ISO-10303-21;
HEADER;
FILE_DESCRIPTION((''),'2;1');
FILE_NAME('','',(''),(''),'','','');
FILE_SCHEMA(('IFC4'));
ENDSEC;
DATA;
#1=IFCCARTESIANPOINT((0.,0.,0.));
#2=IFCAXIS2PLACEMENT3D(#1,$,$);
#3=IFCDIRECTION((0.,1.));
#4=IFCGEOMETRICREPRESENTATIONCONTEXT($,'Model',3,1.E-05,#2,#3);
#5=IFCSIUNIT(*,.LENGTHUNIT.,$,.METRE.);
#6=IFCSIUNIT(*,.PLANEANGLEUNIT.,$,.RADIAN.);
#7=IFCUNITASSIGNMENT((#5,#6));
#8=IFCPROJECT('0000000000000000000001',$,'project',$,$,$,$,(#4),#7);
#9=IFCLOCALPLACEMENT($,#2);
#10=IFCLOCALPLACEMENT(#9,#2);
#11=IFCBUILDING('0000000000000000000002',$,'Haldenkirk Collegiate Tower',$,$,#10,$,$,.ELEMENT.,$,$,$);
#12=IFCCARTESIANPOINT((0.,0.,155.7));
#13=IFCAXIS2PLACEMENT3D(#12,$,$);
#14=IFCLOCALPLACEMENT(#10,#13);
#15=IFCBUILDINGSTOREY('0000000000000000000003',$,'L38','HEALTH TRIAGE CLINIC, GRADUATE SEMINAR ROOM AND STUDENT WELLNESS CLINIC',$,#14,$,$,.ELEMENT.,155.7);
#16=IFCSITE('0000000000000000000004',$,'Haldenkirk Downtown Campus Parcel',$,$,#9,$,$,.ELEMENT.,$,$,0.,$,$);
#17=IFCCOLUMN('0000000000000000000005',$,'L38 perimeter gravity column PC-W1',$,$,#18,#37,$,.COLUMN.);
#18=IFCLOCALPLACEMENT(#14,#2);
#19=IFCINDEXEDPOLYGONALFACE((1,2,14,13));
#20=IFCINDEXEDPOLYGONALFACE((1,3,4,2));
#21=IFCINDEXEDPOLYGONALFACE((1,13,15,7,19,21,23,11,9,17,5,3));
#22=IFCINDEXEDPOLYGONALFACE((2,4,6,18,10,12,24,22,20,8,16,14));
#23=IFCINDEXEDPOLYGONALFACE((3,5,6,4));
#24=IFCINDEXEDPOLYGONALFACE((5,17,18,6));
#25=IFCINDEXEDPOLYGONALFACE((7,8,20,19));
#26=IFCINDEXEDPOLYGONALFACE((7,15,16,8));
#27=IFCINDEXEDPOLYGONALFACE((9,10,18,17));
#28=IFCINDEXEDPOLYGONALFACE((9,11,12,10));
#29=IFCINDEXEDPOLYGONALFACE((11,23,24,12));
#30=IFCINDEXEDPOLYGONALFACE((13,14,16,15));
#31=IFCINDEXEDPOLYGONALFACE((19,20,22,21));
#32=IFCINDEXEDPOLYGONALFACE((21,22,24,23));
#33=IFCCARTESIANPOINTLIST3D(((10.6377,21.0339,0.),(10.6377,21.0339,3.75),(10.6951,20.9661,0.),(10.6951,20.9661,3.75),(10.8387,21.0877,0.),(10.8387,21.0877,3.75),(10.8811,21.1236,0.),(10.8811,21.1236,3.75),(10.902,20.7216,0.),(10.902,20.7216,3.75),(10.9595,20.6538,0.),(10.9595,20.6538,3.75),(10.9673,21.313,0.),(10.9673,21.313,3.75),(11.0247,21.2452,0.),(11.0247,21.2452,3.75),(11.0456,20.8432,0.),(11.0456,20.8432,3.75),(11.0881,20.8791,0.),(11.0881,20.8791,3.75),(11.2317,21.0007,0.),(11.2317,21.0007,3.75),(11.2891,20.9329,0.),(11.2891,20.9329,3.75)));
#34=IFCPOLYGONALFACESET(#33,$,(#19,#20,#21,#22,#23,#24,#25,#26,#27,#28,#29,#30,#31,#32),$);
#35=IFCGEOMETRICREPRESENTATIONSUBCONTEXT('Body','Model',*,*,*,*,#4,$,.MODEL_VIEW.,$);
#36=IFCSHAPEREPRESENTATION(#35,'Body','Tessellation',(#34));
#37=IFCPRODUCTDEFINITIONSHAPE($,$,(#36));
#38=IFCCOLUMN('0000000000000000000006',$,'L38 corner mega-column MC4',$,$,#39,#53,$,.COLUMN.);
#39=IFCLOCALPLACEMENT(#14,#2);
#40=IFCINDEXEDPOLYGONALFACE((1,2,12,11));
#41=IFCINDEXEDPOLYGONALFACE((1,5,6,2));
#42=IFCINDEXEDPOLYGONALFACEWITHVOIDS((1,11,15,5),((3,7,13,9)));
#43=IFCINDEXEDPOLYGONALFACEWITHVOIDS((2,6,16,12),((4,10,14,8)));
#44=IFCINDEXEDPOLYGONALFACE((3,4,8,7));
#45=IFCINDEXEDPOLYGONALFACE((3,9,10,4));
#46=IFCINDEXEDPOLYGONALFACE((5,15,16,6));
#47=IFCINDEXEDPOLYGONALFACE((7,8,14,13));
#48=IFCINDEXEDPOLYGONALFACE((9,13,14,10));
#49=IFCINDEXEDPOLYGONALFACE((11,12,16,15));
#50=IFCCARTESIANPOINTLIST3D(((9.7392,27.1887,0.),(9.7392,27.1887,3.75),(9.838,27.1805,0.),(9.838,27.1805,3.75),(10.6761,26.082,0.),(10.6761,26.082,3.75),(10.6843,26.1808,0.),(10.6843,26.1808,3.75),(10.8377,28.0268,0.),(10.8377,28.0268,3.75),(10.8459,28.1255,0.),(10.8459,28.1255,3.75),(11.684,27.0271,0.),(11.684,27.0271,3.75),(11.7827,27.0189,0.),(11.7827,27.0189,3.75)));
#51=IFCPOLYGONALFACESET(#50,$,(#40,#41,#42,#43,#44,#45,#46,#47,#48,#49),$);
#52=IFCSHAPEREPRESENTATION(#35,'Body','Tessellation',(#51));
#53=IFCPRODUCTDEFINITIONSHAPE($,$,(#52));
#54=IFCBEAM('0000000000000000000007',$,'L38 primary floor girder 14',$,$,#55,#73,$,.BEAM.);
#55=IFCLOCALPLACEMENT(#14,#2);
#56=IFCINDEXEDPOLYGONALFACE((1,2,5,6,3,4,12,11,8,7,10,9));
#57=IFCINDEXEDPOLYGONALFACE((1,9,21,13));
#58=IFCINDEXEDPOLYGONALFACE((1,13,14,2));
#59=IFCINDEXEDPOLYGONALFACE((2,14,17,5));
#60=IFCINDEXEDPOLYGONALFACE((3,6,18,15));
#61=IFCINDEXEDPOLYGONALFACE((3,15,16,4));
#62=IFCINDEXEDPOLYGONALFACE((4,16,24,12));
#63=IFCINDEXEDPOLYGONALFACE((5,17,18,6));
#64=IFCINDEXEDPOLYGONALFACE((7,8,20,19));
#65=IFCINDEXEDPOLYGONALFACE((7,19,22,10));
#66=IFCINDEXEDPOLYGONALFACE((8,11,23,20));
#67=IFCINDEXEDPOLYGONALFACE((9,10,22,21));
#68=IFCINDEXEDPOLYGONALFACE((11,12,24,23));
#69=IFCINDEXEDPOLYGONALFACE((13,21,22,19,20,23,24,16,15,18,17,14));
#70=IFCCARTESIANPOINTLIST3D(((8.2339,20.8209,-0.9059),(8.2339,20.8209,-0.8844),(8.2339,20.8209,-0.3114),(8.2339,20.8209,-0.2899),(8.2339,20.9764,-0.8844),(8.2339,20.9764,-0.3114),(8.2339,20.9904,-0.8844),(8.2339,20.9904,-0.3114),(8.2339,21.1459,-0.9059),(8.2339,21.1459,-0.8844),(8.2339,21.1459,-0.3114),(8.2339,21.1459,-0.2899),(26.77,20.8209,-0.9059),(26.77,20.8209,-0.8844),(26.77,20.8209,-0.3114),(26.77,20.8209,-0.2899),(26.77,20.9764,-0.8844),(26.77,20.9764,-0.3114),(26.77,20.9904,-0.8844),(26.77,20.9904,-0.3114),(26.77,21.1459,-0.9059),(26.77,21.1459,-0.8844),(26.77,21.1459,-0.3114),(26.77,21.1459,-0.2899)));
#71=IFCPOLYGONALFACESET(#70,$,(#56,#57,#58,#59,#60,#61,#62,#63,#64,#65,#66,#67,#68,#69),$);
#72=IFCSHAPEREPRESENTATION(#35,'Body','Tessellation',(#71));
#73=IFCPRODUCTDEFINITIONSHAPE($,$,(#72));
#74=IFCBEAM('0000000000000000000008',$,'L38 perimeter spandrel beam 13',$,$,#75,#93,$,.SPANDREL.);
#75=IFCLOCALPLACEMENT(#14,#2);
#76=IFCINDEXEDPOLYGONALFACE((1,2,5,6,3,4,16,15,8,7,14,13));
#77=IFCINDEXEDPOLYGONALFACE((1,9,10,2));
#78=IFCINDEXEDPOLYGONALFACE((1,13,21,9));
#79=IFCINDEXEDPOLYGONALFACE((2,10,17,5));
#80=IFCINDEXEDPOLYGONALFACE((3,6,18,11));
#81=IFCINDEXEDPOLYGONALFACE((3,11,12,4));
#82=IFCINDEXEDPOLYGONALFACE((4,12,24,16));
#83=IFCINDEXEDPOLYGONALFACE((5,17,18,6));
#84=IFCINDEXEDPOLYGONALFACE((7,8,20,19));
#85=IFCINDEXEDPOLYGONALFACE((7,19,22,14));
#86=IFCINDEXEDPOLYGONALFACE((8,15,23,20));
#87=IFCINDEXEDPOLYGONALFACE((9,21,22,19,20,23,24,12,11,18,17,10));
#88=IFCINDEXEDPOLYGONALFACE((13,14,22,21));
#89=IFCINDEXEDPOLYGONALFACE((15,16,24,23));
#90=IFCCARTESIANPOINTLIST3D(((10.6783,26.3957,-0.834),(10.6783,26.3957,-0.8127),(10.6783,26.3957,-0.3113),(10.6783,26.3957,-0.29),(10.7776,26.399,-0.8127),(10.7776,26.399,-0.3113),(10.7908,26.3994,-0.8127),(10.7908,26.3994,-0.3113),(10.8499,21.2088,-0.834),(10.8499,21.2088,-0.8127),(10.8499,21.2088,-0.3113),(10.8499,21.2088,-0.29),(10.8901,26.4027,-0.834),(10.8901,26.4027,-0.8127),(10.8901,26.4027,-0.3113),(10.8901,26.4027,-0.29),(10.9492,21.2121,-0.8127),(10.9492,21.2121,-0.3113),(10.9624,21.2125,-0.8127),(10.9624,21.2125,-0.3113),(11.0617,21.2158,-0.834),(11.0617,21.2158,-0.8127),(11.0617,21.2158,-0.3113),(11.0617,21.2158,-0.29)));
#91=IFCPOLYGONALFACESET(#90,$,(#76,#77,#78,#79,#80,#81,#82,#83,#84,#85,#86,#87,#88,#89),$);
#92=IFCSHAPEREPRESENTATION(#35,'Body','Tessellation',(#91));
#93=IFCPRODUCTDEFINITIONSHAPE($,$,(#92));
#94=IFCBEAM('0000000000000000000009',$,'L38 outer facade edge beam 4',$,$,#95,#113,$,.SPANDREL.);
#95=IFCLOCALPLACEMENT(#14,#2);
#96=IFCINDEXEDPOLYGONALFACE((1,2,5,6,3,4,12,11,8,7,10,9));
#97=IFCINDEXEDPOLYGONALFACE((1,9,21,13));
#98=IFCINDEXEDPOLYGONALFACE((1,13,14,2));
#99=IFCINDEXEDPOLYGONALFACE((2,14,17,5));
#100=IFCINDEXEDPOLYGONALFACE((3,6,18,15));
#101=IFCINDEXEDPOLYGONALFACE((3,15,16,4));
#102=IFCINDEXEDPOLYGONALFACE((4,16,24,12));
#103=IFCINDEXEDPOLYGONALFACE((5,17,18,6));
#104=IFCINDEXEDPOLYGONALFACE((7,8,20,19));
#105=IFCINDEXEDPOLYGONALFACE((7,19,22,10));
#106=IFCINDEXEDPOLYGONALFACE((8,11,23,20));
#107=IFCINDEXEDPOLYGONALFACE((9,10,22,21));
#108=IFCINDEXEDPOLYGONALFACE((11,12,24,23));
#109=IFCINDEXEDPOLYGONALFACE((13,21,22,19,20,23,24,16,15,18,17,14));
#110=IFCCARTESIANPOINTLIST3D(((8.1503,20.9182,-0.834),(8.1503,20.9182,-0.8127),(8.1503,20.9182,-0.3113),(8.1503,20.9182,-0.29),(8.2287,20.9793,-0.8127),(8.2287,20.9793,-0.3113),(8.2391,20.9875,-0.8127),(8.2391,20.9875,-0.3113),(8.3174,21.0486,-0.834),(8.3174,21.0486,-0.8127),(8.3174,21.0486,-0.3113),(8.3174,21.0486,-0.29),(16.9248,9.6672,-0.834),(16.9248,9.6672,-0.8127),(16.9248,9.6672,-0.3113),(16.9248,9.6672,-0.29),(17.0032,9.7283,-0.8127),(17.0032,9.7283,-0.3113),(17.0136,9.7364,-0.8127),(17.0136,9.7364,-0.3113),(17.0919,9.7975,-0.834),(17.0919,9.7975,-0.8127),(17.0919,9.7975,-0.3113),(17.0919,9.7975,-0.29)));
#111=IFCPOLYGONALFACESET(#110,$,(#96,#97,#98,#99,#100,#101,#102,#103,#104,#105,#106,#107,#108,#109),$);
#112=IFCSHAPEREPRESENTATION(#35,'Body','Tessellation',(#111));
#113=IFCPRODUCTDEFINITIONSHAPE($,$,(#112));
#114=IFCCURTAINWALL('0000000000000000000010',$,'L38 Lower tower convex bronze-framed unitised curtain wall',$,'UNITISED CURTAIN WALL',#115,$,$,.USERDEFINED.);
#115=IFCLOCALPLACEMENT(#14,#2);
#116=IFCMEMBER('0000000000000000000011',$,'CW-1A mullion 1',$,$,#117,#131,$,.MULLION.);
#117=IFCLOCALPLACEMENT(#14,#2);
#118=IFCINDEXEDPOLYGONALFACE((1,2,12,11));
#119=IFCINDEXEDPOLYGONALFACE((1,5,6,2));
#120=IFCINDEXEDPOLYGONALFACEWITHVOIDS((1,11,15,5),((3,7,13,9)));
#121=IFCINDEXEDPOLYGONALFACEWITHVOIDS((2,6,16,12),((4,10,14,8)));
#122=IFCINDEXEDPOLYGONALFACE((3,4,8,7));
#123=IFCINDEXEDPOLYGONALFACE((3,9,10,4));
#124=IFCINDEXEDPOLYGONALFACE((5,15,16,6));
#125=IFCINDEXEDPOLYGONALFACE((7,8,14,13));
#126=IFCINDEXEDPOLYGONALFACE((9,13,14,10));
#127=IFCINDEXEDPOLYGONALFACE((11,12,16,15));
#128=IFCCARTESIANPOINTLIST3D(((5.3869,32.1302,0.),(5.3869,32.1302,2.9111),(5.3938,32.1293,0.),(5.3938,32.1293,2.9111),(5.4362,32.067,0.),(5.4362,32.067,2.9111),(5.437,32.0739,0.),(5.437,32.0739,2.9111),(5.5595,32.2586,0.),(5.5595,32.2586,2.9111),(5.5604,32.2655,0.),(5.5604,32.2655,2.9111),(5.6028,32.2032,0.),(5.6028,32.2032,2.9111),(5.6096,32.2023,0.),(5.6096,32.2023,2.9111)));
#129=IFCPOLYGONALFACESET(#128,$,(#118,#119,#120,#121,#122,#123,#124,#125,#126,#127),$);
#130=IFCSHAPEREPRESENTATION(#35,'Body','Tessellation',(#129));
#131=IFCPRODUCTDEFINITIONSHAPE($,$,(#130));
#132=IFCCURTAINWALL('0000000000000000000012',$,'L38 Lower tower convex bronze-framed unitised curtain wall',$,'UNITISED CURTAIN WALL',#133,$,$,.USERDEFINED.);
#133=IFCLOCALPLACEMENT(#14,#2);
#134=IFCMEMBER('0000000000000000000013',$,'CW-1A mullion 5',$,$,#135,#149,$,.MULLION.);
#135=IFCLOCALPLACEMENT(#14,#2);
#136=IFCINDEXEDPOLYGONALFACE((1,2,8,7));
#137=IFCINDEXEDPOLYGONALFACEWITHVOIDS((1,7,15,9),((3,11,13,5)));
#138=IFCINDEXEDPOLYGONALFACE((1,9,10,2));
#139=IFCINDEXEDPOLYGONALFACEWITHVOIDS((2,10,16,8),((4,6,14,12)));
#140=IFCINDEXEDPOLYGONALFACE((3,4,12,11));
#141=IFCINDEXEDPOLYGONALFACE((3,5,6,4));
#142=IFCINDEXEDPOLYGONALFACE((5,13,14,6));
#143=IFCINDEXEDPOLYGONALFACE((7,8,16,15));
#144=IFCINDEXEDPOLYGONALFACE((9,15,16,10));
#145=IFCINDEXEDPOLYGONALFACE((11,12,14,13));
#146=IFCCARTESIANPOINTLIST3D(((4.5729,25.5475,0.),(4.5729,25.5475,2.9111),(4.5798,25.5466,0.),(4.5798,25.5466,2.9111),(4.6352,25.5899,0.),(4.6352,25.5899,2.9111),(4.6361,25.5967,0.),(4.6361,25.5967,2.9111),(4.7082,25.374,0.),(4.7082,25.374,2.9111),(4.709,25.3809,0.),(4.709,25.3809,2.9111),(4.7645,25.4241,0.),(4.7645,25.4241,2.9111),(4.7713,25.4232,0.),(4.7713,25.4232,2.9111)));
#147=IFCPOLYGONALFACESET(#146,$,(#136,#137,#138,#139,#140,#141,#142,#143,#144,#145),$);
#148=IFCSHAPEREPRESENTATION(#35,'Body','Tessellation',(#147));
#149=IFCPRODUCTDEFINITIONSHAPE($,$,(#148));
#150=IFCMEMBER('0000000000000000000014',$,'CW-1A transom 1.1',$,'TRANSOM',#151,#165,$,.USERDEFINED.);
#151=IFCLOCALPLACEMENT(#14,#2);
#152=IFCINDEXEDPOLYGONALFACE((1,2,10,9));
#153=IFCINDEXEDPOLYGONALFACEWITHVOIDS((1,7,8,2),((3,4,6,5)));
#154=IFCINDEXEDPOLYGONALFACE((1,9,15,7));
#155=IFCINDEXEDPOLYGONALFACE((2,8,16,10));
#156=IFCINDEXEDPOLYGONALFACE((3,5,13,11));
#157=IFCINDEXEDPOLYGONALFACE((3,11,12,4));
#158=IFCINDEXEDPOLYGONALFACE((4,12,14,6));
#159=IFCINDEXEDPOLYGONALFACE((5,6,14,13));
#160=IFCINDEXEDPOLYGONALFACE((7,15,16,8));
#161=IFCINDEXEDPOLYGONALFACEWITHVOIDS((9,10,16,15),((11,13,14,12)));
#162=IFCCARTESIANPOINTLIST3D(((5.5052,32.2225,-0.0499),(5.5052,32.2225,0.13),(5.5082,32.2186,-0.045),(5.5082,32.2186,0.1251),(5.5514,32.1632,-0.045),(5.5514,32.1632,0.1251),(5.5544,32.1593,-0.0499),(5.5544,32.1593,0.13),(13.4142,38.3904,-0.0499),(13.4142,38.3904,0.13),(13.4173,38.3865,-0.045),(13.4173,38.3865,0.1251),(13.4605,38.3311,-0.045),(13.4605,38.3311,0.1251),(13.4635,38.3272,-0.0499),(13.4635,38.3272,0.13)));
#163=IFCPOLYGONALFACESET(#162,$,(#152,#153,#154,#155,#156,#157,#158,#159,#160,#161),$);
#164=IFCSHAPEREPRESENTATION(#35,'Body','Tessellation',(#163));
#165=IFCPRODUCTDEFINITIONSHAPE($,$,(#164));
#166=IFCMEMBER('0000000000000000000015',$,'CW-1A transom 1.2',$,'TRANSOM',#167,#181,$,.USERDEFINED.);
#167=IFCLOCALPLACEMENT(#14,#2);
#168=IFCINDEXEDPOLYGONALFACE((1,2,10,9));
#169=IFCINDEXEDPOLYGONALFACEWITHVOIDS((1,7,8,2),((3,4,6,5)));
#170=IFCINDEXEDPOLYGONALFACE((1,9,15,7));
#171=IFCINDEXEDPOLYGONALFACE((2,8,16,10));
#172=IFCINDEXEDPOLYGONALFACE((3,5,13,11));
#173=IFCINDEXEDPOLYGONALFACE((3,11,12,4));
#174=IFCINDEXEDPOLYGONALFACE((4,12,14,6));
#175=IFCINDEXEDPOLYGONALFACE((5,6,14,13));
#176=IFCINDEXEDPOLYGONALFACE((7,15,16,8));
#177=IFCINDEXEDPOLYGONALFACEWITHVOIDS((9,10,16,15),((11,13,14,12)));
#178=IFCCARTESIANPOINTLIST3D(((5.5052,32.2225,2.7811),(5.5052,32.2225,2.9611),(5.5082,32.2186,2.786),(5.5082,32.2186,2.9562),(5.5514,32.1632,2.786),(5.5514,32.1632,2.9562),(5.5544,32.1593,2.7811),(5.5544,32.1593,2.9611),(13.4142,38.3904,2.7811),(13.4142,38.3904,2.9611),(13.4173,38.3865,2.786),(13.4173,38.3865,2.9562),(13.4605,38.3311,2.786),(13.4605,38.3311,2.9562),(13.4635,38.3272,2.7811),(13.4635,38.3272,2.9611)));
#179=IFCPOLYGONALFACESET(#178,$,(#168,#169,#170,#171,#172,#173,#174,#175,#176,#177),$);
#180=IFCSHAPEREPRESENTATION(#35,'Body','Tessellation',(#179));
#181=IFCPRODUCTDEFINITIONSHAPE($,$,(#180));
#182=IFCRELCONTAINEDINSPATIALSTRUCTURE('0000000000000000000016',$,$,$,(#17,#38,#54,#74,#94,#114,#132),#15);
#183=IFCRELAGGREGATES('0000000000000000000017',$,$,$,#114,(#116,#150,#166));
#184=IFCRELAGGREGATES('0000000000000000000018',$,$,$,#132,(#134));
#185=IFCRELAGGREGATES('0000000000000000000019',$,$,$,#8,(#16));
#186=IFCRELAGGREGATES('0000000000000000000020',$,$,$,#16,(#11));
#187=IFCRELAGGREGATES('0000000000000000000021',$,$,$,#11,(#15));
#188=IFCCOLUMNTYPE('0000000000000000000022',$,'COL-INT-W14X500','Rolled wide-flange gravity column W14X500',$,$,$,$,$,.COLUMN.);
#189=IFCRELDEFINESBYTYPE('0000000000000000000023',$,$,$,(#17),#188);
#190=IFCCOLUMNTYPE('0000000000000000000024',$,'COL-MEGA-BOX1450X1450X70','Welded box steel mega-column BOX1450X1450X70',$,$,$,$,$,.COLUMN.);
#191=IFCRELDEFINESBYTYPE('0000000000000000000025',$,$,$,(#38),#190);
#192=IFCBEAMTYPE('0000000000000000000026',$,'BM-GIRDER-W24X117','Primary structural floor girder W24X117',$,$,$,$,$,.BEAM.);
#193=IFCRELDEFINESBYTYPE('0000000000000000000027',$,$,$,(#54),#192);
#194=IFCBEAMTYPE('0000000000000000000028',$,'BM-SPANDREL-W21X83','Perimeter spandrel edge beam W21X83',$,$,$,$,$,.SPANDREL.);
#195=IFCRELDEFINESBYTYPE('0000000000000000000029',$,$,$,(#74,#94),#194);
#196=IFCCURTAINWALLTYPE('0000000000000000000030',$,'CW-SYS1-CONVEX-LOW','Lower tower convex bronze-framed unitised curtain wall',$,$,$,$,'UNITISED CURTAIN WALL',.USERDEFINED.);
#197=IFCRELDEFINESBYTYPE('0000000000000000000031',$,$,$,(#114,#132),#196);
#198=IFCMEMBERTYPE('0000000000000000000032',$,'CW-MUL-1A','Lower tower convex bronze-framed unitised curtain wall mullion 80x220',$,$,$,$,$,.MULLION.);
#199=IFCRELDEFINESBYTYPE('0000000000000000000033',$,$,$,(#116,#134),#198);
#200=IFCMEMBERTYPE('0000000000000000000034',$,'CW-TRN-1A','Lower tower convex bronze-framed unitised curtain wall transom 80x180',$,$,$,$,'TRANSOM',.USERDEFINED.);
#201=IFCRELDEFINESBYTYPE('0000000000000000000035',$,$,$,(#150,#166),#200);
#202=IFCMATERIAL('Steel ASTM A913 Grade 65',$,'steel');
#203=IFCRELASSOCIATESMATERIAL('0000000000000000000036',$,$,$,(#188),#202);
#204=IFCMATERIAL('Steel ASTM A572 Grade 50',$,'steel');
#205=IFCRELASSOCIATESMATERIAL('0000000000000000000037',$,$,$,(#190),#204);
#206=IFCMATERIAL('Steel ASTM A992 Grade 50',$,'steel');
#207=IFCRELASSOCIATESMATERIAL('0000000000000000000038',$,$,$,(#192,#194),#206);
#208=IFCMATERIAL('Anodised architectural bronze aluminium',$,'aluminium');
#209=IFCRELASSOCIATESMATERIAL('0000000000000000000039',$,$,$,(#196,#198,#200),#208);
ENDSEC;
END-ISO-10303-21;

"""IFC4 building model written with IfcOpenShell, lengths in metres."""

from ifc_helpers import new_model, si_unit, direction, frame, origin, origin_2d, place, context, subcontext, project, spatial, hollow_rectangle, i_section, extrude, material, material_profile, profile_set, type_object, element, aggregate, save


model = new_model("IFC4")

# Units and contexts
model_context = context("Model", 3, precision=1e-05, world=origin(), true_north=direction((0.0, 1.0)))
body_context = subcontext(model_context, "Body", "Model", "MODEL_VIEW")
ifc_project = project(units=[si_unit("LENGTHUNIT", "METRE"), si_unit("PLANEANGLEUNIT", "RADIAN")], contexts=[model_context])

# Site, building, storey
site_placement = place(None, origin())
site = spatial("IfcSite", under=ifc_project, at=site_placement, Name="Haldenkirk Downtown Campus Parcel", CompositionType="ELEMENT", RefElevation=0.0)
building_placement = place(site_placement, origin())
building = spatial("IfcBuilding", under=site, at=building_placement, Name="Haldenkirk Collegiate Tower", CompositionType="ELEMENT")
storey_placement = place(building_placement, frame((0.0, 0.0, 155.7)))
storey = spatial("IfcBuildingStorey", under=building, at=storey_placement, Name="L38", Description="HEALTH TRIAGE CLINIC, GRADUATE SEMINAR ROOM AND STUDENT WELLNESS CLINIC", CompositionType="ELEMENT", Elevation=155.7)

# Columns
ifc_material_1 = material(Name="Steel ASTM A913 Grade 65", Category="steel")
ifc_material_profile_1 = material_profile(ifc_material_1, i_section(OverallWidth=0.4319, OverallDepth=0.498, WebThickness=0.0557, FlangeThickness=0.0889, at=origin_2d()), Name="W14X500")
ifc_profile_set_1 = profile_set([ifc_material_profile_1], Name="Steel ASTM A913 Grade 65")
column_type_1 = type_object("IfcColumnType", Name="COL-INT-W14X500", Description="Rolled wide-flange gravity column W14X500", PredefinedType="COLUMN", material=ifc_profile_set_1)
column_1_placement = place(storey_placement, frame((10.9634, 20.9834, 0.0), z_axis=(0.0, 0.0, 1.0), x_axis=(0.763232, 0.646124, 0.0)))
element("IfcColumn", 1, at=column_1_placement, inside=storey, type_object=column_type_1, Name="L38 perimeter gravity column PC-W1", PredefinedType="COLUMN", context=body_context, shape_type="SweptSolid", body=[
    extrude(i_section(OverallWidth=0.4319, OverallDepth=0.498, WebThickness=0.0557, FlangeThickness=0.0889, at=origin_2d()), origin(), (0.0, 0.0, 1.0), 3.75),
])
ifc_material_2 = material(Name="Steel ASTM A572 Grade 50", Category="steel")
ifc_material_profile_2 = material_profile(ifc_material_2, hollow_rectangle(XDim=1.45, YDim=1.45, WallThickness=0.0701, at=origin_2d()), Name="BOX1450X1450X70")
ifc_profile_set_2 = profile_set([ifc_material_profile_2], Name="Steel ASTM A572 Grade 50")
column_type_2 = type_object("IfcColumnType", Name="COL-MEGA-BOX1450X1450X70", Description="Welded box steel mega-column BOX1450X1450X70", PredefinedType="COLUMN", material=ifc_profile_set_2)
column_2_placement = place(storey_placement, frame((10.761, 27.1038, 0.0), z_axis=(0.0, 0.0, 1.0), x_axis=(0.763232, 0.646124, 0.0)))
element("IfcColumn", 2, at=column_2_placement, inside=storey, type_object=column_type_2, Name="L38 corner mega-column MC4", PredefinedType="COLUMN", context=body_context, shape_type="SweptSolid", body=[
    extrude(hollow_rectangle(XDim=1.45, YDim=1.45, WallThickness=0.0701, at=origin_2d()), origin(), (0.0, 0.0, 1.0), 3.75),
])

# Beams
ifc_material_3 = material(Name="Steel ASTM A992 Grade 50", Category="steel")
ifc_material_profile_3 = material_profile(ifc_material_3, i_section(OverallWidth=0.325, OverallDepth=0.616, WebThickness=0.0139, FlangeThickness=0.0215, at=origin_2d()), Name="W24X117")
ifc_profile_set_3 = profile_set([ifc_material_profile_3], Name="Steel ASTM A992 Grade 50")
beam_type_1 = type_object("IfcBeamType", Name="BM-GIRDER-W24X117", Description="Primary structural floor girder W24X117", PredefinedType="BEAM", material=ifc_profile_set_3)
beam_1_placement = place(storey_placement, frame((8.2339, 20.9834, -0.5979), z_axis=(1.0, 0.0, 0.0), x_axis=(0.0, 1.0, 0.0)))
element("IfcBeam", 3, at=beam_1_placement, inside=storey, type_object=beam_type_1, Name="L38 primary floor girder 14", PredefinedType="BEAM", context=body_context, shape_type="SweptSolid", body=[
    extrude(i_section(OverallWidth=0.325, OverallDepth=0.616, WebThickness=0.0139, FlangeThickness=0.0215, at=origin_2d()), origin(), (0.0, 0.0, 1.0), 18.5361),
])
ifc_material_profile_4 = material_profile(ifc_material_3, i_section(OverallWidth=0.2119, OverallDepth=0.5439, WebThickness=0.0132, FlangeThickness=0.0212, at=origin_2d()), Name="W21X83")
ifc_profile_set_4 = profile_set([ifc_material_profile_4], Name="Steel ASTM A992 Grade 50")
beam_type_2 = type_object("IfcBeamType", Name="BM-SPANDREL-W21X83", Description="Perimeter spandrel edge beam W21X83", PredefinedType="SPANDREL", material=ifc_profile_set_4)
beam_2_placement = place(storey_placement, frame((10.7842, 26.3992, -0.562), z_axis=(0.033072, -0.999453, 0.0), x_axis=(0.999453, 0.033072, 0.0)))
element("IfcBeam", 4, at=beam_2_placement, inside=storey, type_object=beam_type_2, Name="L38 perimeter spandrel beam 13", PredefinedType="SPANDREL", context=body_context, shape_type="SweptSolid", body=[
    extrude(i_section(OverallWidth=0.2119, OverallDepth=0.5439, WebThickness=0.0132, FlangeThickness=0.0212, at=origin_2d()), origin(), (0.0, 0.0, 1.0), 5.1897),
])
beam_3_placement = place(storey_placement, frame((8.2339, 20.9834, -0.562), z_axis=(0.614973, -0.788548, 0.0), x_axis=(0.788548, 0.614973, 0.0)))
element("IfcBeam", 5, at=beam_3_placement, inside=storey, type_object=beam_type_2, Name="L38 outer facade edge beam 4", PredefinedType="SPANDREL", context=body_context, shape_type="SweptSolid", body=[
    extrude(i_section(OverallWidth=0.2119, OverallDepth=0.5439, WebThickness=0.0132, FlangeThickness=0.0212, at=origin_2d()), origin(), (0.0, 0.0, 1.0), 14.2681),
])

# Curtain walls, members
ifc_material_4 = material(Name="Anodised architectural bronze aluminium", Category="aluminium")
curtain_wall_type = type_object("IfcCurtainWallType", Name="CW-SYS1-CONVEX-LOW", Description="Lower tower convex bronze-framed unitised curtain wall", ElementType="UNITISED CURTAIN WALL", PredefinedType="USERDEFINED", material=ifc_material_4)
curtain_wall_1_placement = place(storey_placement, origin())
curtain_wall_1 = element("IfcCurtainWall", 6, at=curtain_wall_1_placement, inside=storey, type_object=curtain_wall_type, Name="L38 Lower tower convex bronze-framed unitised curtain wall", ObjectType="UNITISED CURTAIN WALL", PredefinedType="USERDEFINED")
ifc_material_profile_5 = material_profile(ifc_material_4, hollow_rectangle(XDim=0.0801, YDim=0.22, WallThickness=0.0049, at=origin_2d()), Name="CW-MUL-1A")
ifc_profile_set_5 = profile_set([ifc_material_profile_5], Name="Anodised architectural bronze aluminium")
member_type_1 = type_object("IfcMemberType", Name="CW-MUL-1A", Description="Lower tower convex bronze-framed unitised curtain wall mullion 80x220", PredefinedType="MULLION", material=ifc_profile_set_5)
member_1_placement = place(storey_placement, frame((5.4983, 32.1663, 0.0), z_axis=(0.0, 0.0, 1.0), x_axis=(-0.614974, 0.788548, 0.0)))
member_1 = element("IfcMember", 7, at=member_1_placement, type_object=member_type_1, Name="CW-1A mullion 1", PredefinedType="MULLION", context=body_context, shape_type="SweptSolid", body=[
    extrude(hollow_rectangle(XDim=0.0801, YDim=0.22, WallThickness=0.0049, at=origin_2d()), origin(), (0.0, 0.0, 1.0), 2.9111),
])
curtain_wall_2_placement = place(storey_placement, origin())
curtain_wall_2 = element("IfcCurtainWall", 8, at=curtain_wall_2_placement, inside=storey, type_object=curtain_wall_type, Name="L38 Lower tower convex bronze-framed unitised curtain wall", ObjectType="UNITISED CURTAIN WALL", PredefinedType="USERDEFINED")
member_2_placement = place(storey_placement, frame((4.6721, 25.4854, 0.0), z_axis=(0.0, 0.0, 1.0), x_axis=(-0.788548, -0.614974, 0.0)))
member_2 = element("IfcMember", 9, at=member_2_placement, type_object=member_type_1, Name="CW-1A mullion 5", PredefinedType="MULLION", context=body_context, shape_type="SweptSolid", body=[
    extrude(hollow_rectangle(XDim=0.0801, YDim=0.22, WallThickness=0.0049, at=origin_2d()), origin(), (0.0, 0.0, 1.0), 2.9111),
])

# Members
ifc_material_profile_6 = material_profile(ifc_material_4, hollow_rectangle(XDim=0.0801, YDim=0.1799, WallThickness=0.0049, at=origin_2d()), Name="CW-TRN-1A")
ifc_profile_set_6 = profile_set([ifc_material_profile_6], Name="Anodised architectural bronze aluminium")
member_type_2 = type_object("IfcMemberType", Name="CW-TRN-1A", Description="Lower tower convex bronze-framed unitised curtain wall transom 80x180", ElementType="TRANSOM", PredefinedType="USERDEFINED", material=ifc_profile_set_6)
member_3_placement = place(storey_placement, frame((5.5298, 32.1909, 0.04), z_axis=(0.78856, 0.614958, 0.0), x_axis=(-0.614958, 0.78856, 0.0)))
member_3 = element("IfcMember", 10, at=member_3_placement, type_object=member_type_2, Name="CW-1A transom 1.1", ObjectType="TRANSOM", PredefinedType="USERDEFINED", context=body_context, shape_type="SweptSolid", body=[
    extrude(hollow_rectangle(XDim=0.0801, YDim=0.1799, WallThickness=0.0049, at=origin_2d()), origin(), (0.0, 0.0, 1.0), 10.0298),
])
member_4_placement = place(storey_placement, frame((5.5298, 32.1909, 2.8711), z_axis=(0.78856, 0.614958, 0.0), x_axis=(-0.614958, 0.78856, 0.0)))
member_4 = element("IfcMember", 11, at=member_4_placement, type_object=member_type_2, Name="CW-1A transom 1.2", ObjectType="TRANSOM", PredefinedType="USERDEFINED", context=body_context, shape_type="SweptSolid", body=[
    extrude(hollow_rectangle(XDim=0.0801, YDim=0.1799, WallThickness=0.0049, at=origin_2d()), origin(), (0.0, 0.0, 1.0), 10.0298),
])
aggregate(curtain_wall_1, [member_1, member_3, member_4])

aggregate(curtain_wall_2, [member_2])

save(model, "model.ifc")
